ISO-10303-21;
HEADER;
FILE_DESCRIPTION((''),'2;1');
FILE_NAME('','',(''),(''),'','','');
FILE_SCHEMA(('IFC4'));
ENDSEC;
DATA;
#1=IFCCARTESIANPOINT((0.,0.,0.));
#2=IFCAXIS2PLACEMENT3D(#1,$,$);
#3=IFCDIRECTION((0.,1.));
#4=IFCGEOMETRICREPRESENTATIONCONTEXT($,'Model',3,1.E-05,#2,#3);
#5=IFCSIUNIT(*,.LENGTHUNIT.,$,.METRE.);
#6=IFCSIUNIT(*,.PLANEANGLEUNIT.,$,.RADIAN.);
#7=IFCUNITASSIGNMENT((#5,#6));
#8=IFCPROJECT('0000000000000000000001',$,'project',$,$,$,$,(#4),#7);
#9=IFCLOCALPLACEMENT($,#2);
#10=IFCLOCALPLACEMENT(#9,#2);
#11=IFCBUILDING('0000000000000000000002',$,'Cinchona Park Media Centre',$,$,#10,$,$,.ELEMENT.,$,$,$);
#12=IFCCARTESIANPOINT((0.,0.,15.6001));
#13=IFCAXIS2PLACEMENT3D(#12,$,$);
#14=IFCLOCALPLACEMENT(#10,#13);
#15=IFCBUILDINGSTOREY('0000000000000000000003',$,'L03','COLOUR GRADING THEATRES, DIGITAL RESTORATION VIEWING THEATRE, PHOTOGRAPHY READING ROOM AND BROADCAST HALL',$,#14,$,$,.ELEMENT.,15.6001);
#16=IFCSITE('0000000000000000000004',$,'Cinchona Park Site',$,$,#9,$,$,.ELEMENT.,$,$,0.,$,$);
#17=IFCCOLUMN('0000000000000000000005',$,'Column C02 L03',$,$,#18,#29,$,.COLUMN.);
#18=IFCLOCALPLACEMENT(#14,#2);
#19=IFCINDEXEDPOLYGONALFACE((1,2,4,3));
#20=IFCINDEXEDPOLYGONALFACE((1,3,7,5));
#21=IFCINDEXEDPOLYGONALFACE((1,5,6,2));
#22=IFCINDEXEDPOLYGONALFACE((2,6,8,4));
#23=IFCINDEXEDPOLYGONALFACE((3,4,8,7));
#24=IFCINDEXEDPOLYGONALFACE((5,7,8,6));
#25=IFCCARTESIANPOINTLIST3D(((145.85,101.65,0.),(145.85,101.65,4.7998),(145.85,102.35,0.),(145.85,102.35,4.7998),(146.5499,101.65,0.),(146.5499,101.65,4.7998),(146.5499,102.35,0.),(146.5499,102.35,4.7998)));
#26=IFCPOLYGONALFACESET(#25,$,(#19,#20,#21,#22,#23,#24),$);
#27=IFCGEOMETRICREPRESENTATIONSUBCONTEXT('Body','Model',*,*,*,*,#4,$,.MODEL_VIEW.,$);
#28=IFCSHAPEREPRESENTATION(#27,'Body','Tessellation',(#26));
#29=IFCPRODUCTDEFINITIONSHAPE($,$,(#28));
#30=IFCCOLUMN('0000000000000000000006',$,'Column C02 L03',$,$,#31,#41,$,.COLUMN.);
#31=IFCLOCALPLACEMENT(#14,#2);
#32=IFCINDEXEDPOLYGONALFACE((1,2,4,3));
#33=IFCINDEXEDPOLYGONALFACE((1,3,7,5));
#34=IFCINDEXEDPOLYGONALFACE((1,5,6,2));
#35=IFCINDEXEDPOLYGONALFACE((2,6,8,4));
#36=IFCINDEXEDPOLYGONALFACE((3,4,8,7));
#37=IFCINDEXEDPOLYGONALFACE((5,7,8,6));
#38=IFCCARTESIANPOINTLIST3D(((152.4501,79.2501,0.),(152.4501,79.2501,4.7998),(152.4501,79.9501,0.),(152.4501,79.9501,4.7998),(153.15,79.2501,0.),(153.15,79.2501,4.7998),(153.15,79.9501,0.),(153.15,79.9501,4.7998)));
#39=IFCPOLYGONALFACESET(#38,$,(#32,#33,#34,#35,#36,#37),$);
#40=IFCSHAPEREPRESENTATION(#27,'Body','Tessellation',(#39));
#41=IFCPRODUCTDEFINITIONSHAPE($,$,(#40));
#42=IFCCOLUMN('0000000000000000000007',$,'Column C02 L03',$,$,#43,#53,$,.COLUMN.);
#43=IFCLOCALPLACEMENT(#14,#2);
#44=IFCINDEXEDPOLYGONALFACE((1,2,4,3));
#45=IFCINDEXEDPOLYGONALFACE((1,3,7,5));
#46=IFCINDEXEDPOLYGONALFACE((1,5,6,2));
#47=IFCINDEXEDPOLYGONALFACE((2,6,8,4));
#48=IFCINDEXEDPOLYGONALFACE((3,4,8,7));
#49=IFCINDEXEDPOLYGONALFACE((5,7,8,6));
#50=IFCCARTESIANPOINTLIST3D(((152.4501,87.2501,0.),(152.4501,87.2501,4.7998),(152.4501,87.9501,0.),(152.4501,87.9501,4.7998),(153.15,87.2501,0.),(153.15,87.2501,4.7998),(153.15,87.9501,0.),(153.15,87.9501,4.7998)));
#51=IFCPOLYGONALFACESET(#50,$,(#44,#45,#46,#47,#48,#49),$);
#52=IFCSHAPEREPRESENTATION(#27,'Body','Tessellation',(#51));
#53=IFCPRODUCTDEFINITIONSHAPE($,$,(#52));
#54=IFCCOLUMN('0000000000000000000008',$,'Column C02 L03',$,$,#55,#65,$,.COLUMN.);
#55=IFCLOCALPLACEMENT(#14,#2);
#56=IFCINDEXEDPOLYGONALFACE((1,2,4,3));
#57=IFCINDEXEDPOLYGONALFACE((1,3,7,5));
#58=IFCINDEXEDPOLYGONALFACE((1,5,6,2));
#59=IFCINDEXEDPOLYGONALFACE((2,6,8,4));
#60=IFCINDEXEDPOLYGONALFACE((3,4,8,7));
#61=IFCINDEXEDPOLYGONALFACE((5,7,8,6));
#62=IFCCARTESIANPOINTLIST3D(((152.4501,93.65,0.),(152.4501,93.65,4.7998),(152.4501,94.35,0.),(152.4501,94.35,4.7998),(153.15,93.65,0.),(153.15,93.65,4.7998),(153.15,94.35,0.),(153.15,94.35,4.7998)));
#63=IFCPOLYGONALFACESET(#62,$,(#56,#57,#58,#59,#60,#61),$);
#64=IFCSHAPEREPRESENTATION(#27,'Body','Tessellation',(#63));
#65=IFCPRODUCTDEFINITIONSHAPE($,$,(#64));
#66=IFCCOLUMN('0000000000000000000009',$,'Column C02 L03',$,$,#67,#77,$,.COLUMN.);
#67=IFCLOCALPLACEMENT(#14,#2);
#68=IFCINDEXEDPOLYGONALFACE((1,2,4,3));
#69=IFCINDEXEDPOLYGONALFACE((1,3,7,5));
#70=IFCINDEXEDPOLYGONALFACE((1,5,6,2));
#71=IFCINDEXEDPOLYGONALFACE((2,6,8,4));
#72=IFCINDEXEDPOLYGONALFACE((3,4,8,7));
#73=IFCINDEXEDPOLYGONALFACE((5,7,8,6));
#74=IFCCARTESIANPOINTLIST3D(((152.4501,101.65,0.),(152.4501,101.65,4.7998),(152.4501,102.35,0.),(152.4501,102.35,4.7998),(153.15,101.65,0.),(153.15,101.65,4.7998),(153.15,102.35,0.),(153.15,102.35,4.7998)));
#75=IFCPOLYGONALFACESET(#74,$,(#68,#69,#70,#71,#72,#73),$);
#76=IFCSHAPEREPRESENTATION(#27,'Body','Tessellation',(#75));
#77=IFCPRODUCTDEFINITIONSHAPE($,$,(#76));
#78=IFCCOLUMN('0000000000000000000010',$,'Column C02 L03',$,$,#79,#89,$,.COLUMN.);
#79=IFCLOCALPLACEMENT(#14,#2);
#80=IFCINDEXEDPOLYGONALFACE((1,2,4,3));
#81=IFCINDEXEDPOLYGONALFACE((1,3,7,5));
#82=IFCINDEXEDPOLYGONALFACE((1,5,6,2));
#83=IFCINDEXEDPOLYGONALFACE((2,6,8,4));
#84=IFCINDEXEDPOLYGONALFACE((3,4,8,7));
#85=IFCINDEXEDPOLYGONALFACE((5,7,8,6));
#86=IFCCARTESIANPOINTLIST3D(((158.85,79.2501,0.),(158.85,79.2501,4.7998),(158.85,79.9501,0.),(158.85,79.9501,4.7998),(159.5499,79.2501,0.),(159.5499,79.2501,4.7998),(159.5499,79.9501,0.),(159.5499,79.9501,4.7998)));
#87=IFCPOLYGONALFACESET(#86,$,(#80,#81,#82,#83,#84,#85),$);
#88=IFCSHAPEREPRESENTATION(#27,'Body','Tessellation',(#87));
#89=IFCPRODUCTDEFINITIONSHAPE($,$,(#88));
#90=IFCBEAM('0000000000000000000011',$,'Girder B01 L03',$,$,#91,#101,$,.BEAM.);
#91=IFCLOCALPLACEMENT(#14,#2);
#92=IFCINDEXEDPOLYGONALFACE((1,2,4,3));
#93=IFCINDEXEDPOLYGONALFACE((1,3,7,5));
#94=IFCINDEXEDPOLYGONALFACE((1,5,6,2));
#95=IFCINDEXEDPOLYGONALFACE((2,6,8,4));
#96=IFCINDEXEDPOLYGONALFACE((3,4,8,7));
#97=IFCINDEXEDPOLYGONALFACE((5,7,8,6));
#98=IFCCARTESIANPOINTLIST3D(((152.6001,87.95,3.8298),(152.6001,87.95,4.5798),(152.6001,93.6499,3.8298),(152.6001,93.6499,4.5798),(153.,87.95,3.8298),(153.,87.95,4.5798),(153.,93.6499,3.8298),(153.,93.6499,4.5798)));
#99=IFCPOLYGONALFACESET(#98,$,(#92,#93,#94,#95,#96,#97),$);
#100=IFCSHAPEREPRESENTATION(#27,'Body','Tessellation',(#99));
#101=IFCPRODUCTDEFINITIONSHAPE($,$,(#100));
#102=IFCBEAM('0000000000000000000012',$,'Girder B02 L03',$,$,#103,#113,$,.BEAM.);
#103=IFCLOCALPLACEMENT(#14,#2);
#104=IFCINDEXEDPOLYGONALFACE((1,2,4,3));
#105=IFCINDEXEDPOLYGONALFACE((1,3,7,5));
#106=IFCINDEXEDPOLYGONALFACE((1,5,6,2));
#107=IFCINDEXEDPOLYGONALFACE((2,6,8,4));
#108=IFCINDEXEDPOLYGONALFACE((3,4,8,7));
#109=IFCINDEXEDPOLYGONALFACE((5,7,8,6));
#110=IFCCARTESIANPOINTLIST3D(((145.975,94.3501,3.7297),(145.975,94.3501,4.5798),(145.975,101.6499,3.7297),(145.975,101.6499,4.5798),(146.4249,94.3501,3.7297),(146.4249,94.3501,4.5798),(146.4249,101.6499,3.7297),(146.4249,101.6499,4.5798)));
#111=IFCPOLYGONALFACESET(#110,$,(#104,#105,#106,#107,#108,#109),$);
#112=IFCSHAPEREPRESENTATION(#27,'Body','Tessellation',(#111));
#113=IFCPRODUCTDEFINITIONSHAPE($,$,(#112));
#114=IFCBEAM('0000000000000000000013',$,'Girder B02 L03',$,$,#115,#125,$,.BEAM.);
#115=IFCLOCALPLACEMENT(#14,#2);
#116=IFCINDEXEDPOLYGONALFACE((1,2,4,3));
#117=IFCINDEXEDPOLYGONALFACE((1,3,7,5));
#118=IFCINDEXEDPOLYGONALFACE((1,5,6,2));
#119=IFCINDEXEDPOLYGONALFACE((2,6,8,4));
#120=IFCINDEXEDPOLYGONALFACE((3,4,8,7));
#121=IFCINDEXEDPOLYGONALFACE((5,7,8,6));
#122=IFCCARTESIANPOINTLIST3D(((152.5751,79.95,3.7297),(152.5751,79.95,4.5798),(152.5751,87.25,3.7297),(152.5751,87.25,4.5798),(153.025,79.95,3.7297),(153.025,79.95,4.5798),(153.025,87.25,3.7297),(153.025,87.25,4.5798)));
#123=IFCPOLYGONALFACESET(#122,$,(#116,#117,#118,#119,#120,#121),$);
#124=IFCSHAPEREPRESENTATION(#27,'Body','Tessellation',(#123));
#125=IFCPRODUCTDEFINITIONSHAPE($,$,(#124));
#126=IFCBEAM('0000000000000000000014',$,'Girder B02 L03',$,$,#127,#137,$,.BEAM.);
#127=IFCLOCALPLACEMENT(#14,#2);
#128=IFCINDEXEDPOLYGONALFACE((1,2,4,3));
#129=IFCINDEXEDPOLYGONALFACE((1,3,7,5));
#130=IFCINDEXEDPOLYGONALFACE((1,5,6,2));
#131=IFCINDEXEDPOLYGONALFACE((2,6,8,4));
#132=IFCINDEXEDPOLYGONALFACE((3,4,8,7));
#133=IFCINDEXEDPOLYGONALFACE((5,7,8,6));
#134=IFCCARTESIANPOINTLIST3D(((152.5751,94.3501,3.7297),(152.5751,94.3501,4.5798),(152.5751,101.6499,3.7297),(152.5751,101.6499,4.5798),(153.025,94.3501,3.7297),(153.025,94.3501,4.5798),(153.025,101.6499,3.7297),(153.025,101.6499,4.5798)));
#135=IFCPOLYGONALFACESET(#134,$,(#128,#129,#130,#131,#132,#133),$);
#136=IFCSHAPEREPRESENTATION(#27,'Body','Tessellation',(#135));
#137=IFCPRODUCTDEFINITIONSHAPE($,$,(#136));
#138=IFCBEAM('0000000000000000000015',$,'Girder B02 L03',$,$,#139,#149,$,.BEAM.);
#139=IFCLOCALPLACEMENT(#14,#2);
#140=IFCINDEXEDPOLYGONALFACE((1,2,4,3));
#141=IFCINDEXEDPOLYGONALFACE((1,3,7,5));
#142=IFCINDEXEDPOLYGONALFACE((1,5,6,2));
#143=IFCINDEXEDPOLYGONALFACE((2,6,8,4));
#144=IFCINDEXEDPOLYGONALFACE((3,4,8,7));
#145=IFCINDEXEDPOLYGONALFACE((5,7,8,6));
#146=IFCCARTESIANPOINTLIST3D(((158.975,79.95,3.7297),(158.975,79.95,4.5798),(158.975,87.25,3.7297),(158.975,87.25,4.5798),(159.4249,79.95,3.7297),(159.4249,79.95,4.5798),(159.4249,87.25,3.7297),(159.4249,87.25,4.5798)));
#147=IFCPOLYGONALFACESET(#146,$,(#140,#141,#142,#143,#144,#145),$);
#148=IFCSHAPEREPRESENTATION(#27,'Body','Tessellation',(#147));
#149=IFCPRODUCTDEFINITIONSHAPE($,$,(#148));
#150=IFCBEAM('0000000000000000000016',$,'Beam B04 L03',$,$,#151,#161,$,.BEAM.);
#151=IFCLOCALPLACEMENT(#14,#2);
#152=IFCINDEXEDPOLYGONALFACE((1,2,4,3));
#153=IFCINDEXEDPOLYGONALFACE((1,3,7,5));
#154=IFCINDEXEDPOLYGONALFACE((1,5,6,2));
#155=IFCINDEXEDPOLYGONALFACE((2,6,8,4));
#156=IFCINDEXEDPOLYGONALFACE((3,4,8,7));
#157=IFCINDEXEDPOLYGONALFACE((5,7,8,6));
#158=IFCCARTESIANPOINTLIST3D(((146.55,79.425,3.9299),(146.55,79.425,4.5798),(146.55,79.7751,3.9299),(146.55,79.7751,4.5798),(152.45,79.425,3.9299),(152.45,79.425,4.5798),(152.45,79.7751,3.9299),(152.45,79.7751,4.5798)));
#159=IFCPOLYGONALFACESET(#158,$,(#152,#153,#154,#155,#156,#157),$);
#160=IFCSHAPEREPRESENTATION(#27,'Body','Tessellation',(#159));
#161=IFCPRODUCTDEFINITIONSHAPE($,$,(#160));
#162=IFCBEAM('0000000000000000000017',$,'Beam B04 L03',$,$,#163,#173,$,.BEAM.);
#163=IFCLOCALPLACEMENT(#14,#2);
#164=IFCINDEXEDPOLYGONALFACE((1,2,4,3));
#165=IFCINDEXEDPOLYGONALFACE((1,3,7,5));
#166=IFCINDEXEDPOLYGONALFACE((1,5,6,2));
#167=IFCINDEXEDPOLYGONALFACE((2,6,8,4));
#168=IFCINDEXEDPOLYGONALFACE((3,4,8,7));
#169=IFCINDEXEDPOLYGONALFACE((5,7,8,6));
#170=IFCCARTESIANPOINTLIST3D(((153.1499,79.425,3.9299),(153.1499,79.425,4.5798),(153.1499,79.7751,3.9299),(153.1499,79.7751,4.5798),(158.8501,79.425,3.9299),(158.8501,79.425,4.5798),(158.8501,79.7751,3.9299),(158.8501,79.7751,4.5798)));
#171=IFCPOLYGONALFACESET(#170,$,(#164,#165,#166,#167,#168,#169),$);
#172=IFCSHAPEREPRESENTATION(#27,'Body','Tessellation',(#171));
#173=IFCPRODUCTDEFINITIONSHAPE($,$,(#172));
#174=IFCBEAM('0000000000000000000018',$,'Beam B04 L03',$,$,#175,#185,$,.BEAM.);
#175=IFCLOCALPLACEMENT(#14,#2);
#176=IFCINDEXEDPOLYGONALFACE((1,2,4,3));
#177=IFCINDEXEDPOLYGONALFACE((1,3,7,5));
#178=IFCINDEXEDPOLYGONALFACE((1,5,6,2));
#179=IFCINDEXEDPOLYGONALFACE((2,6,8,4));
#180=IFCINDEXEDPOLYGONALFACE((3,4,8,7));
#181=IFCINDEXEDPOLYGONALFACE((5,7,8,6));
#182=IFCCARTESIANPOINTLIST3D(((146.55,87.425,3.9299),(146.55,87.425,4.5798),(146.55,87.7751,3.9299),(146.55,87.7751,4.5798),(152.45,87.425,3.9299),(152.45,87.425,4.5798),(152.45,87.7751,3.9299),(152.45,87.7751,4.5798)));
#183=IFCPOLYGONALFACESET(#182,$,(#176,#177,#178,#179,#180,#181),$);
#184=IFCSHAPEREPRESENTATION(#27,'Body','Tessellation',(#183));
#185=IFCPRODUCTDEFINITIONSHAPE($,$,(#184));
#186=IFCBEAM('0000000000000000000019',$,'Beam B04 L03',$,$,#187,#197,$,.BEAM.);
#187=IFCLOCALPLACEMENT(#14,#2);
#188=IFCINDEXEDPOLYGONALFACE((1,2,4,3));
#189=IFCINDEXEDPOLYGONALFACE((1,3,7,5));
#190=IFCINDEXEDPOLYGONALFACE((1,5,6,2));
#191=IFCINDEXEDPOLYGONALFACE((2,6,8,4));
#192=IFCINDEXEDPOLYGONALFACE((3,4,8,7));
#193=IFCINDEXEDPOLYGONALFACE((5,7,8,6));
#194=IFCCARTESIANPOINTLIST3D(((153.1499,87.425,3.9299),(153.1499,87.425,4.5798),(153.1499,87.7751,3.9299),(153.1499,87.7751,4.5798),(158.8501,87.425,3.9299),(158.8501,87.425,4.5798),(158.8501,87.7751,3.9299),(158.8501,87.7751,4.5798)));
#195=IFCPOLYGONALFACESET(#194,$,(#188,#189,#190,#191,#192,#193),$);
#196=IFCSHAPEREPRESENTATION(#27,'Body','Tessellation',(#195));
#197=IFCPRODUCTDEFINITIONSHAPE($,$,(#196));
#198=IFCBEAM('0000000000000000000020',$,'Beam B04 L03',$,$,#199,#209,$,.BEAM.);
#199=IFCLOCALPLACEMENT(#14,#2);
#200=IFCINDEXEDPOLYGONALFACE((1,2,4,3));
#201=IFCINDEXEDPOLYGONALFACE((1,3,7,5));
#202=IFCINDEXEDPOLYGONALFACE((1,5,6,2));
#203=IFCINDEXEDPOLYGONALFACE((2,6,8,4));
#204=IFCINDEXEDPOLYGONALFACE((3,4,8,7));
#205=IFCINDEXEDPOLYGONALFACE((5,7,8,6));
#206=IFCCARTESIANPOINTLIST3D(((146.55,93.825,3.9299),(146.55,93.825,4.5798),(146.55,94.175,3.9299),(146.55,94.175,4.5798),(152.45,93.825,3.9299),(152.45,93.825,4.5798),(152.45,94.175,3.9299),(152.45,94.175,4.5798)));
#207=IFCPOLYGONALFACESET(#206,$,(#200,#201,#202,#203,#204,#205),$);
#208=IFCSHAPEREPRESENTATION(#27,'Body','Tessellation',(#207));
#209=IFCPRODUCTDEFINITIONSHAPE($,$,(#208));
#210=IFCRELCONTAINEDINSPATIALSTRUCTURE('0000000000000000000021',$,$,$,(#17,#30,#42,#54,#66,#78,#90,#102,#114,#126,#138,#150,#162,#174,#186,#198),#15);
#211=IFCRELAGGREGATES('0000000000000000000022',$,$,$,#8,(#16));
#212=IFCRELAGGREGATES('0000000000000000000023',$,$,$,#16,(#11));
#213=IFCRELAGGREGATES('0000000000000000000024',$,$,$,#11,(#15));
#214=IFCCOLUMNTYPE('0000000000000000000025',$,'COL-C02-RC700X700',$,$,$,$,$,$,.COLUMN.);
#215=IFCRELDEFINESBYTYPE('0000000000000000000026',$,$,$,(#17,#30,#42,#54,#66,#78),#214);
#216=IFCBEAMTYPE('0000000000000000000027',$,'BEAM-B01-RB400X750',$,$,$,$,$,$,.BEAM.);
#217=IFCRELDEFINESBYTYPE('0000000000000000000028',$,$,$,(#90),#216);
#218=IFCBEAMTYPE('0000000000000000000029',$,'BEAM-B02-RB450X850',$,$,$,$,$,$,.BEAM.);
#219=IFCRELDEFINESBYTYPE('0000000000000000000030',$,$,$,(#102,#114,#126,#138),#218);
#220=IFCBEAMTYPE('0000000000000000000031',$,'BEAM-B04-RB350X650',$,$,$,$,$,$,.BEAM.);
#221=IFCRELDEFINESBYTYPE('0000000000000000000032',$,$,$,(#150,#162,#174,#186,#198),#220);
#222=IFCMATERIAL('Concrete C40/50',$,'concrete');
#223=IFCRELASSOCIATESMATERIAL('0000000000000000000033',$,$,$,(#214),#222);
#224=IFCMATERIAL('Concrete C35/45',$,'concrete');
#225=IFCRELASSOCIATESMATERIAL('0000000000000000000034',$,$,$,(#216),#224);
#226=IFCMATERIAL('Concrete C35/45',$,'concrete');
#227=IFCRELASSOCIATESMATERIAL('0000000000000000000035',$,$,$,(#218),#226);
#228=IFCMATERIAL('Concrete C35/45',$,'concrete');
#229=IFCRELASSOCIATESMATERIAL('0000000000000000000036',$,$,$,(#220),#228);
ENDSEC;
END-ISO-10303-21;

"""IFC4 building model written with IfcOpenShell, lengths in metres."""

from ifc_helpers import new_model, si_unit, direction, frame, origin, origin_2d, place, context, subcontext, project, spatial, rectangle, extrude, material, material_profile, profile_set, type_object, element, save


model = new_model("IFC4")

# Units and contexts
model_context = context("Model", 3, precision=1e-05, world=origin(), true_north=direction((0.0, 1.0)))
body_context = subcontext(model_context, "Body", "Model", "MODEL_VIEW")
ifc_project = project(units=[si_unit("LENGTHUNIT", "METRE"), si_unit("PLANEANGLEUNIT", "RADIAN")], contexts=[model_context])

# Site, building, storey
site_placement = place(None, origin())
site = spatial("IfcSite", under=ifc_project, at=site_placement, Name="Cinchona Park Site", CompositionType="ELEMENT", RefElevation=0.0)
building_placement = place(site_placement, origin())
building = spatial("IfcBuilding", under=site, at=building_placement, Name="Cinchona Park Media Centre", CompositionType="ELEMENT")
storey_placement = place(building_placement, frame((0.0, 0.0, 15.6001)))
storey = spatial("IfcBuildingStorey", under=building, at=storey_placement, Name="L03", Description="COLOUR GRADING THEATRES, DIGITAL RESTORATION VIEWING THEATRE, PHOTOGRAPHY READING ROOM AND BROADCAST HALL", CompositionType="ELEMENT", Elevation=15.6001)

# Columns
ifc_material_1 = material(Name="Concrete C40/50", Category="concrete")
ifc_material_profile_1 = material_profile(ifc_material_1, rectangle(XDim=0.7, YDim=0.7, at=origin_2d()), Name="RC 700X700")
ifc_profile_set_1 = profile_set([ifc_material_profile_1], Name="Concrete C40/50")
column_type = type_object("IfcColumnType", Name="COL-C02-RC700X700", PredefinedType="COLUMN", material=ifc_profile_set_1)
for number, where, z_axis, x_axis, name in (
    (1, (146.2, 102.0, 0.0), (0.0, 0.0, 1.0), (1.0, 0.0, 0.0), "Column C02 L03"),
    (2, (152.8, 79.6001, 0.0), (0.0, 0.0, 1.0), (1.0, 0.0, 0.0), "Column C02 L03"),
    (3, (152.8, 87.6001, 0.0), (0.0, 0.0, 1.0), (1.0, 0.0, 0.0), "Column C02 L03"),
    (4, (152.8, 94.0, 0.0), (0.0, 0.0, 1.0), (1.0, 0.0, 0.0), "Column C02 L03"),
    (5, (152.8, 102.0, 0.0), (0.0, 0.0, 1.0), (1.0, 0.0, 0.0), "Column C02 L03"),
    (6, (159.2, 79.6001, 0.0), (0.0, 0.0, 1.0), (1.0, 0.0, 0.0), "Column C02 L03"),
):
    element("IfcColumn", number, at=place(storey_placement, frame(where, z_axis=z_axis, x_axis=x_axis)), inside=storey, type_object=column_type, Name=name, PredefinedType="COLUMN", context=body_context, shape_type="SweptSolid", body=[
        extrude(rectangle(XDim=0.7, YDim=0.7, at=origin_2d()), origin(), (0.0, 0.0, 1.0), 4.7998),
    ])

# Beams
ifc_material_2 = material(Name="Concrete C35/45", Category="concrete")
ifc_material_profile_2 = material_profile(ifc_material_2, rectangle(XDim=0.3999, YDim=0.75, at=origin_2d()), Name="RB 400X750")
ifc_profile_set_2 = profile_set([ifc_material_profile_2], Name="Concrete C35/45")
beam_type_1 = type_object("IfcBeamType", Name="BEAM-B01-RB400X750", PredefinedType="BEAM", material=ifc_profile_set_2)
beam_1_placement = place(storey_placement, frame((152.8, 87.95, 4.2048), z_axis=(0.0, 1.0, 0.0), x_axis=(-1.0, 0.0, 0.0)))
element("IfcBeam", 7, at=beam_1_placement, inside=storey, type_object=beam_type_1, Name="Girder B01 L03", PredefinedType="BEAM", context=body_context, shape_type="SweptSolid", body=[
    extrude(rectangle(XDim=0.3999, YDim=0.75, at=origin_2d()), origin(), (0.0, 0.0, 1.0), 5.7),
])
ifc_material_3 = material(Name="Concrete C35/45", Category="concrete")
ifc_material_profile_3 = material_profile(ifc_material_3, rectangle(XDim=0.45, YDim=0.8501, at=origin_2d()), Name="RB 450X850")
ifc_profile_set_3 = profile_set([ifc_material_profile_3], Name="Concrete C35/45")
beam_type_2 = type_object("IfcBeamType", Name="BEAM-B02-RB450X850", PredefinedType="BEAM", material=ifc_profile_set_3)
beam_2_placement = place(storey_placement, frame((146.2, 94.3501, 4.1548), z_axis=(0.0, 1.0, 0.0), x_axis=(-1.0, 0.0, 0.0)))
element("IfcBeam", 8, at=beam_2_placement, inside=storey, type_object=beam_type_2, Name="Girder B02 L03", PredefinedType="BEAM", context=body_context, shape_type="SweptSolid", body=[
    extrude(rectangle(XDim=0.45, YDim=0.8501, at=origin_2d()), origin(), (0.0, 0.0, 1.0), 7.2998),
])
beam_3_placement = place(storey_placement, frame((152.8, 79.95, 4.1548), z_axis=(0.0, 1.0, 0.0), x_axis=(-1.0, 0.0, 0.0)))
element("IfcBeam", 9, at=beam_3_placement, inside=storey, type_object=beam_type_2, Name="Girder B02 L03", PredefinedType="BEAM", context=body_context, shape_type="SweptSolid", body=[
    extrude(rectangle(XDim=0.45, YDim=0.8501, at=origin_2d()), origin(), (0.0, 0.0, 1.0), 7.3),
])
beam_4_placement = place(storey_placement, frame((152.8, 94.3501, 4.1548), z_axis=(0.0, 1.0, 0.0), x_axis=(-1.0, 0.0, 0.0)))
element("IfcBeam", 10, at=beam_4_placement, inside=storey, type_object=beam_type_2, Name="Girder B02 L03", PredefinedType="BEAM", context=body_context, shape_type="SweptSolid", body=[
    extrude(rectangle(XDim=0.45, YDim=0.8501, at=origin_2d()), origin(), (0.0, 0.0, 1.0), 7.2998),
])
beam_5_placement = place(storey_placement, frame((159.2, 79.95, 4.1548), z_axis=(0.0, 1.0, 0.0), x_axis=(-1.0, 0.0, 0.0)))
element("IfcBeam", 11, at=beam_5_placement, inside=storey, type_object=beam_type_2, Name="Girder B02 L03", PredefinedType="BEAM", context=body_context, shape_type="SweptSolid", body=[
    extrude(rectangle(XDim=0.45, YDim=0.8501, at=origin_2d()), origin(), (0.0, 0.0, 1.0), 7.3),
])
ifc_material_4 = material(Name="Concrete C35/45", Category="concrete")
ifc_material_profile_4 = material_profile(ifc_material_4, rectangle(XDim=0.3501, YDim=0.6499, at=origin_2d()), Name="RB 350X650")
ifc_profile_set_4 = profile_set([ifc_material_profile_4], Name="Concrete C35/45")
beam_type_3 = type_object("IfcBeamType", Name="BEAM-B04-RB350X650", PredefinedType="BEAM", material=ifc_profile_set_4)
beam_6_placement = place(storey_placement, frame((146.55, 79.6001, 4.2549), z_axis=(1.0, 0.0, 0.0), x_axis=(0.0, 1.0, 0.0)))
element("IfcBeam", 12, at=beam_6_placement, inside=storey, type_object=beam_type_3, Name="Beam B04 L03", PredefinedType="BEAM", context=body_context, shape_type="SweptSolid", body=[
    extrude(rectangle(XDim=0.3501, YDim=0.6499, at=origin_2d()), origin(), (0.0, 0.0, 1.0), 5.8999),
])
beam_7_placement = place(storey_placement, frame((153.1499, 79.6001, 4.2549), z_axis=(1.0, 0.0, 0.0), x_axis=(0.0, 1.0, 0.0)))
element("IfcBeam", 13, at=beam_7_placement, inside=storey, type_object=beam_type_3, Name="Beam B04 L03", PredefinedType="BEAM", context=body_context, shape_type="SweptSolid", body=[
    extrude(rectangle(XDim=0.3501, YDim=0.6499, at=origin_2d()), origin(), (0.0, 0.0, 1.0), 5.7002),
])
beam_8_placement = place(storey_placement, frame((146.55, 87.6001, 4.2549), z_axis=(1.0, 0.0, 0.0), x_axis=(0.0, 1.0, 0.0)))
element("IfcBeam", 14, at=beam_8_placement, inside=storey, type_object=beam_type_3, Name="Beam B04 L03", PredefinedType="BEAM", context=body_context, shape_type="SweptSolid", body=[
    extrude(rectangle(XDim=0.3501, YDim=0.6499, at=origin_2d()), origin(), (0.0, 0.0, 1.0), 5.8999),
])
beam_9_placement = place(storey_placement, frame((153.1499, 87.6001, 4.2549), z_axis=(1.0, 0.0, 0.0), x_axis=(0.0, 1.0, 0.0)))
element("IfcBeam", 15, at=beam_9_placement, inside=storey, type_object=beam_type_3, Name="Beam B04 L03", PredefinedType="BEAM", context=body_context, shape_type="SweptSolid", body=[
    extrude(rectangle(XDim=0.3501, YDim=0.6499, at=origin_2d()), origin(), (0.0, 0.0, 1.0), 5.7002),
])
beam_10_placement = place(storey_placement, frame((146.55, 94.0, 4.2549), z_axis=(1.0, 0.0, 0.0), x_axis=(0.0, 1.0, 0.0)))
element("IfcBeam", 16, at=beam_10_placement, inside=storey, type_object=beam_type_3, Name="Beam B04 L03", PredefinedType="BEAM", context=body_context, shape_type="SweptSolid", body=[
    extrude(rectangle(XDim=0.3501, YDim=0.6499, at=origin_2d()), origin(), (0.0, 0.0, 1.0), 5.8999),
])

save(model, "model.ifc")
